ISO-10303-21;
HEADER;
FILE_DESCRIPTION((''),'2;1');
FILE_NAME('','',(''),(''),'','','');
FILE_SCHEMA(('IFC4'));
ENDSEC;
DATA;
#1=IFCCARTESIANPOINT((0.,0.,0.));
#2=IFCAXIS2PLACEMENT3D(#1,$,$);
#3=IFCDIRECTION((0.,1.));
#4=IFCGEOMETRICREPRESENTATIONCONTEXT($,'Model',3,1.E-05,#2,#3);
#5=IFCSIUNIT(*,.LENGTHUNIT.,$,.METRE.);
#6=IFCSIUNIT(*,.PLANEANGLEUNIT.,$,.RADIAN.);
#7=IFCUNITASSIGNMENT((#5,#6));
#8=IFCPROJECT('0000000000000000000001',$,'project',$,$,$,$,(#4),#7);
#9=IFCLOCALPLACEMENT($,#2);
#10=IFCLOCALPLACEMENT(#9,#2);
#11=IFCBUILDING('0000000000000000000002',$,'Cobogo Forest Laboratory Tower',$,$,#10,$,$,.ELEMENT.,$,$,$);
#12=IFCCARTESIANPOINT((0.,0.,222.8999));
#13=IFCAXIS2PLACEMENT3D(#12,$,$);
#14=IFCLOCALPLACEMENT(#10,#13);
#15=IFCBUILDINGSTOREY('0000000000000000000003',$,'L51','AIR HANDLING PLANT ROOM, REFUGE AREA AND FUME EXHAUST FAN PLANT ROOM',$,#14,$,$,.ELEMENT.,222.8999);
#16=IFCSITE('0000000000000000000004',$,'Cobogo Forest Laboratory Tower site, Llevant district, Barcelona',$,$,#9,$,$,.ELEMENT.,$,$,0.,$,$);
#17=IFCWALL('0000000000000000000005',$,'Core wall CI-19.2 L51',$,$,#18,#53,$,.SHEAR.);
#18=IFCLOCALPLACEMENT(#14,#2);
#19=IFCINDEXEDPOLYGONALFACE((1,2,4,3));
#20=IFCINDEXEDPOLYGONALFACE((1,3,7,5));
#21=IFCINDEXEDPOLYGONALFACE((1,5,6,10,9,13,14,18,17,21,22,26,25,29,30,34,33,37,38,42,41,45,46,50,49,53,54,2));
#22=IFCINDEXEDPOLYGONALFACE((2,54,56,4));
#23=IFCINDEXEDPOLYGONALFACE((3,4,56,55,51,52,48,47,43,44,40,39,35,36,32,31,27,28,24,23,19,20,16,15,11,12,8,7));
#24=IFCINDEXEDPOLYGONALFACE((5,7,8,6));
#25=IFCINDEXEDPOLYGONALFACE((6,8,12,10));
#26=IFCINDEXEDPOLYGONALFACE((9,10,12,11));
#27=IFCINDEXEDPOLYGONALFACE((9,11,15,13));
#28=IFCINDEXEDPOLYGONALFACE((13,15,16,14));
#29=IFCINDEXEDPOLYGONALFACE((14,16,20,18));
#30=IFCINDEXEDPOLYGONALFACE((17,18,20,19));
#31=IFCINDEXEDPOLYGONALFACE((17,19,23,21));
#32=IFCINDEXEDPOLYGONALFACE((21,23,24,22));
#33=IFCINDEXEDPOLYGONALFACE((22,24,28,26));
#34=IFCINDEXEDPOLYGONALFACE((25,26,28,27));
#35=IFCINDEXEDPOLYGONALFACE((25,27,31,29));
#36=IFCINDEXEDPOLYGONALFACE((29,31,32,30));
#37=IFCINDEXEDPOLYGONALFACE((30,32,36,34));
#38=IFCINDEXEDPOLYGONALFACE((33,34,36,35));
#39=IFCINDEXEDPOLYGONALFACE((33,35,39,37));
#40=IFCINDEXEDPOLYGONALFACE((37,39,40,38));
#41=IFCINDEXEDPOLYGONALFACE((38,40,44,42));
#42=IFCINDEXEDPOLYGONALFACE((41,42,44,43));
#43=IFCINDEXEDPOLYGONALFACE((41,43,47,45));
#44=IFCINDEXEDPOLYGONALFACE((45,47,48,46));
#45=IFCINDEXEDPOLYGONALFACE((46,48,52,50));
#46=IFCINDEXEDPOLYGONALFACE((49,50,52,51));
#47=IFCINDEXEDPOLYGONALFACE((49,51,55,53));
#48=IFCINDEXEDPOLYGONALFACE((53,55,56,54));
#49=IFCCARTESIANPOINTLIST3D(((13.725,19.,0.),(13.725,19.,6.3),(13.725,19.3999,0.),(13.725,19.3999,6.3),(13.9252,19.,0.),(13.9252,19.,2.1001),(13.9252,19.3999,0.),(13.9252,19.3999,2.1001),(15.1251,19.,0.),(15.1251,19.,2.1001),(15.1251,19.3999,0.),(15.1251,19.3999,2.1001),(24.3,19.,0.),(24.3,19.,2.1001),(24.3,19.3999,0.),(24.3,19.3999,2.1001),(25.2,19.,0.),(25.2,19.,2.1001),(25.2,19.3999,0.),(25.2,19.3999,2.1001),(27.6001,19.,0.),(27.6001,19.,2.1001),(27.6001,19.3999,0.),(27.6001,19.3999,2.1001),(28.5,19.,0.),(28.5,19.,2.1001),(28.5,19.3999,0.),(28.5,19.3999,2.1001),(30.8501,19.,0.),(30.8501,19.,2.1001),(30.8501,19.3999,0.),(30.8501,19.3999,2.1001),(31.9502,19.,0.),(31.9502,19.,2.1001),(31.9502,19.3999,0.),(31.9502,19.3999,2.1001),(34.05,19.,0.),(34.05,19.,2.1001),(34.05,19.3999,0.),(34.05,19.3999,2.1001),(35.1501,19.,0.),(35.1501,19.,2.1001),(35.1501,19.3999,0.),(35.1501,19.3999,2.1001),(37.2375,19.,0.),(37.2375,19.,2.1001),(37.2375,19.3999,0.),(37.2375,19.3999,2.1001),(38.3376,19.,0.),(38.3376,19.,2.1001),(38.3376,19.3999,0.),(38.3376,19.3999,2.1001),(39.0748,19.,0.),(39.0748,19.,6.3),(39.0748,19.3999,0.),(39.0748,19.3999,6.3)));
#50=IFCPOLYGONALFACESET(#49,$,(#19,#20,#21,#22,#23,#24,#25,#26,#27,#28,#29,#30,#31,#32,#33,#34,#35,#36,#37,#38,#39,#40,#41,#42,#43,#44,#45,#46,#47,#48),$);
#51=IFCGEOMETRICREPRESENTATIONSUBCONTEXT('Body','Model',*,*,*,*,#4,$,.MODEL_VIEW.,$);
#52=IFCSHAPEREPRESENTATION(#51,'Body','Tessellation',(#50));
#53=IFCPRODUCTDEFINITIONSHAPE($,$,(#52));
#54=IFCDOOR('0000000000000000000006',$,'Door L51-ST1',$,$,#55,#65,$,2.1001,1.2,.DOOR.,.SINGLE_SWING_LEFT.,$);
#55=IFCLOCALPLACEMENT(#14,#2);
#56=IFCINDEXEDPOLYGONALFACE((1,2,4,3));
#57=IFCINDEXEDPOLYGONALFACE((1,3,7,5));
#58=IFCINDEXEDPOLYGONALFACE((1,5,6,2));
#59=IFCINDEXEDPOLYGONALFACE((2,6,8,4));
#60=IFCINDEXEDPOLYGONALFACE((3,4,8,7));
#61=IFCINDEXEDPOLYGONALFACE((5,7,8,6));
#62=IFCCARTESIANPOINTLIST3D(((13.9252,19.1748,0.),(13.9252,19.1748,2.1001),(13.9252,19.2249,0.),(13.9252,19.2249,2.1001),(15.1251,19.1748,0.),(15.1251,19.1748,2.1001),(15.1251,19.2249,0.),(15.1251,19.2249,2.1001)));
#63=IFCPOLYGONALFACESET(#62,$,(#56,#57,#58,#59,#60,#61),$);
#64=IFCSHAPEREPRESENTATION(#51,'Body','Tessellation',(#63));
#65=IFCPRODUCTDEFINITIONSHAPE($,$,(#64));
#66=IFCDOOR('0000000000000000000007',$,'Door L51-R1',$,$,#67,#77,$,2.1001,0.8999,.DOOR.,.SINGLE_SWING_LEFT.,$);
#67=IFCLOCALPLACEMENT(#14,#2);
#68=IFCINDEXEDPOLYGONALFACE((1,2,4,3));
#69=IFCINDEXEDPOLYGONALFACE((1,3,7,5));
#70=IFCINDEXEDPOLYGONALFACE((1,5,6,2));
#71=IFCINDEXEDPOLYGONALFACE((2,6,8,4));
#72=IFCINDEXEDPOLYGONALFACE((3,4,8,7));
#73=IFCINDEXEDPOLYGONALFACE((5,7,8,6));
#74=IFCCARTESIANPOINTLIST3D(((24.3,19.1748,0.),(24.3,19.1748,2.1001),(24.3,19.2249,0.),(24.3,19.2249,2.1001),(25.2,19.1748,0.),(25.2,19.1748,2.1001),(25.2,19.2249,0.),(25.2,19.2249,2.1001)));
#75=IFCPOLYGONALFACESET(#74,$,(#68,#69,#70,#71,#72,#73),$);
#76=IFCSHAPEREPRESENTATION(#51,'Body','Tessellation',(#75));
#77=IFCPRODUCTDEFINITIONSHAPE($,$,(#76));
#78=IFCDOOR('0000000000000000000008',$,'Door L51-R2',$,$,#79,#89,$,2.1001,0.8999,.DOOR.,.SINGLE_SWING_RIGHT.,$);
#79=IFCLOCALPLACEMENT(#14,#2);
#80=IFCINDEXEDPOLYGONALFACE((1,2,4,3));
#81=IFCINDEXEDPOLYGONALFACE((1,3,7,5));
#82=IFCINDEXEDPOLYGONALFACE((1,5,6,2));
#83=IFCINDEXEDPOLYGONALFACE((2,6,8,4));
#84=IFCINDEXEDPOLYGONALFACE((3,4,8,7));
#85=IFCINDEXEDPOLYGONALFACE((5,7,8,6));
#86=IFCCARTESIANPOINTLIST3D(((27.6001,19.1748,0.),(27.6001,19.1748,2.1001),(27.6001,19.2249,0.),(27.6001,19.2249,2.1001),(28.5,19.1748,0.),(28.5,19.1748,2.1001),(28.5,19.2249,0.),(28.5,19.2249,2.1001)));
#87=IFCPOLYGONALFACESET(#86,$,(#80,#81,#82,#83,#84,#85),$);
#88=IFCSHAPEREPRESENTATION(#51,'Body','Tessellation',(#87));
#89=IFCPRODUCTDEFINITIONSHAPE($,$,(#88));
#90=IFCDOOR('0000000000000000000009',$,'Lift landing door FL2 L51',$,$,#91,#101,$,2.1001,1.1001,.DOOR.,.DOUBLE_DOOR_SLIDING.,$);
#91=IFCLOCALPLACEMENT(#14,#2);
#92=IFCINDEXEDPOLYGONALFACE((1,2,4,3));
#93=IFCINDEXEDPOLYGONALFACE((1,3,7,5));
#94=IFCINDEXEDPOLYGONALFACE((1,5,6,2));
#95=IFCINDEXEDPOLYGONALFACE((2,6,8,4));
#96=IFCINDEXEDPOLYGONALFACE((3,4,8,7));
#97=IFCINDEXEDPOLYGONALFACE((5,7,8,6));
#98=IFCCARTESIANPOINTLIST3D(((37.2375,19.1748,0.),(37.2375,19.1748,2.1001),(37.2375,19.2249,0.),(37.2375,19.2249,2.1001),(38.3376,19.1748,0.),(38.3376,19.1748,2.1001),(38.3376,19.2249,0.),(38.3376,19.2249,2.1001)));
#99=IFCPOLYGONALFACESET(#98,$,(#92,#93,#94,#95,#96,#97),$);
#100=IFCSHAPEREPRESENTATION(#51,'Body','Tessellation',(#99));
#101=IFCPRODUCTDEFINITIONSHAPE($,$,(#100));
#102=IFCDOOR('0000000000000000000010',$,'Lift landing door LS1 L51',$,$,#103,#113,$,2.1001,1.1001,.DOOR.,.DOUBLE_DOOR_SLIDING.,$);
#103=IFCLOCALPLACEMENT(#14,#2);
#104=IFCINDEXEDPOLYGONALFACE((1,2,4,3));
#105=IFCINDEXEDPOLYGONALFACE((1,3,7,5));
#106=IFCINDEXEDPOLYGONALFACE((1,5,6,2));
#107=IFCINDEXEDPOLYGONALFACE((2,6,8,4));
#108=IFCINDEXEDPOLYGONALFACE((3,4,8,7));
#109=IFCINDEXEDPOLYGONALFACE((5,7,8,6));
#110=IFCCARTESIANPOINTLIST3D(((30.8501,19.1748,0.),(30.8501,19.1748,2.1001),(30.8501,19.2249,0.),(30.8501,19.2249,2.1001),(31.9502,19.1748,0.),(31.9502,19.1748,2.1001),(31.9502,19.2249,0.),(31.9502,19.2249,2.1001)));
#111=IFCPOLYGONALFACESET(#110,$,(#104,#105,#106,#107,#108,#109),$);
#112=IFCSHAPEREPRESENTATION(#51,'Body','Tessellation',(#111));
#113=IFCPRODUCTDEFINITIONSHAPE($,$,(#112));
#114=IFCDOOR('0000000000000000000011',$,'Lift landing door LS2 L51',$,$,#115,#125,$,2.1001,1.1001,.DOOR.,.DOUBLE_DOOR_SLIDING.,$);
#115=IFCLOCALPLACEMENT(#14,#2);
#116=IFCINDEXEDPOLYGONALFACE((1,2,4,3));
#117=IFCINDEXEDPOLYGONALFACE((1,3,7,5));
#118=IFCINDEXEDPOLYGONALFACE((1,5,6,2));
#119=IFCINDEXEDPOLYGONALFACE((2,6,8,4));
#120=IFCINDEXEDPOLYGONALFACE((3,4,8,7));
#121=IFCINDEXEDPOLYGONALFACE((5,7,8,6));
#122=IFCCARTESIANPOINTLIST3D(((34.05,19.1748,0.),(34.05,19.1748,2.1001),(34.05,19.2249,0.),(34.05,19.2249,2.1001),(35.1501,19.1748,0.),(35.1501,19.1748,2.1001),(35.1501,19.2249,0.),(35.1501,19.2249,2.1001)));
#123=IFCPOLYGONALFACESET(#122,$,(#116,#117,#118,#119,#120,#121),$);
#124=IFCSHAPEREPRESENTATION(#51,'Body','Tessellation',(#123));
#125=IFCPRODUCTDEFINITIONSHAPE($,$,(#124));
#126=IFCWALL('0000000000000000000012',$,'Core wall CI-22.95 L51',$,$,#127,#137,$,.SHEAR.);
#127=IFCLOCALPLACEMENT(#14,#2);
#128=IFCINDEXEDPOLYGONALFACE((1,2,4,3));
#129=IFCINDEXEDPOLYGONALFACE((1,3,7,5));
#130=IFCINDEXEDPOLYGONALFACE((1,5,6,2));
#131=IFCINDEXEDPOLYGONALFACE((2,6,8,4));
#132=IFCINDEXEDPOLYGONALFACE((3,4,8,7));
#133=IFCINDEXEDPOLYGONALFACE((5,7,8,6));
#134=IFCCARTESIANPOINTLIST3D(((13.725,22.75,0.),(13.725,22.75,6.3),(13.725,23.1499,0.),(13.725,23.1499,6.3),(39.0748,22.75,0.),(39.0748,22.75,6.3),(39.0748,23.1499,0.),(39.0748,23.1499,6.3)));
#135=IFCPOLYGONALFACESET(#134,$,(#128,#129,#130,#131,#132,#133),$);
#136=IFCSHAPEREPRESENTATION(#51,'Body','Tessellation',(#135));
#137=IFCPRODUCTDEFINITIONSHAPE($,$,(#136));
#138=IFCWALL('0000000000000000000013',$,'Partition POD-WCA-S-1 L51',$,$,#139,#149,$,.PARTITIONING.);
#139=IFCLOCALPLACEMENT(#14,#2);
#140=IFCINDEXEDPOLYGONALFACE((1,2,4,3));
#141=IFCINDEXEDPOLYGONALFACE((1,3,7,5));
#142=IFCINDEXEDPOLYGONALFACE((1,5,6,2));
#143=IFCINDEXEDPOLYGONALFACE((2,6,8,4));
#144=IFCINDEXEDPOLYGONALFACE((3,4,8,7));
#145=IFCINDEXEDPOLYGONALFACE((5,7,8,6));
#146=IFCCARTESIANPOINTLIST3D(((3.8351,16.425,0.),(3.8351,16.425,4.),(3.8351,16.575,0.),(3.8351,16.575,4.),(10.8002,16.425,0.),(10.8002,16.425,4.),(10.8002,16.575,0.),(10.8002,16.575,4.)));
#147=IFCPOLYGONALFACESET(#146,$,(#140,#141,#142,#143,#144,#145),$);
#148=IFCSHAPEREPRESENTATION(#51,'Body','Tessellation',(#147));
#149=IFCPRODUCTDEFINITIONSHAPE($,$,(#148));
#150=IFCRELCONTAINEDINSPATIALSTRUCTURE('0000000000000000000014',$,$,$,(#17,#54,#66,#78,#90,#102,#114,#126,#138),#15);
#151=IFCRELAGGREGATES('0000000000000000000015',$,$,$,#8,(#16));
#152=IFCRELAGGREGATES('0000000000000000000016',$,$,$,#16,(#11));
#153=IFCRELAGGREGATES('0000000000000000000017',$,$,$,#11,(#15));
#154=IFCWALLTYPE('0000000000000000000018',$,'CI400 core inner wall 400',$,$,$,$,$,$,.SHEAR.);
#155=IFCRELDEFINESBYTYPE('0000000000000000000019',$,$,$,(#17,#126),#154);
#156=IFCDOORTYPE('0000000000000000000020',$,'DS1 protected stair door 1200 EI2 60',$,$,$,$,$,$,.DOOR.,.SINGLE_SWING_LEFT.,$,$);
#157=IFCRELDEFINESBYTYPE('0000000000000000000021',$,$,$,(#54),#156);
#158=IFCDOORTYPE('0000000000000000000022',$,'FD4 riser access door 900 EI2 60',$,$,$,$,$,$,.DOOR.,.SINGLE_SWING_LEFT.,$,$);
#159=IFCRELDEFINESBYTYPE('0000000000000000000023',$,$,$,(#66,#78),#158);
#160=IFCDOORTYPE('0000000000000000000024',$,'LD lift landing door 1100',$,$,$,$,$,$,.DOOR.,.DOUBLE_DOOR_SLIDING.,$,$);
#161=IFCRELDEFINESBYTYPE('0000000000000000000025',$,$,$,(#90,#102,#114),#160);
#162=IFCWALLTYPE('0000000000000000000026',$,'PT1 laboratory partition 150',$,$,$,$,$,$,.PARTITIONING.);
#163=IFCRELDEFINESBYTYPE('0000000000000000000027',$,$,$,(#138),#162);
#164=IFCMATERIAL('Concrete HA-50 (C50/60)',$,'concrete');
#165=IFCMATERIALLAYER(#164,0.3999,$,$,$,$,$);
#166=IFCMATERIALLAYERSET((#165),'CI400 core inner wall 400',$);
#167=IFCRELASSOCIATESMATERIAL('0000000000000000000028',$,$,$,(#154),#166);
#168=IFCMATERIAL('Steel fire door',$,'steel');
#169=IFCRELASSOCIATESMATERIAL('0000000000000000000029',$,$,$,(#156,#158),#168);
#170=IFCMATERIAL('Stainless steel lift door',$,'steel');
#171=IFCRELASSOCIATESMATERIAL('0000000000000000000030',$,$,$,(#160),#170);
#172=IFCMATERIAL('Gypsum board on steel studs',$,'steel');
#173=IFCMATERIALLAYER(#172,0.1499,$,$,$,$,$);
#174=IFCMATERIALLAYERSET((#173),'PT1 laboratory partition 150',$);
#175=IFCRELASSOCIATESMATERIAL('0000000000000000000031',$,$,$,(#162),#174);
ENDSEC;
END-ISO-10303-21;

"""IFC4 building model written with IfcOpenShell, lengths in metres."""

from ifc_helpers import new_model, si_unit, direction, frame, frame_2d, origin, place, context, subcontext, project, spatial, rectangle, extrude, material, layer, layer_set, type_object, element, fill, save


model = new_model("IFC4")

# Units and contexts
model_context = context("Model", 3, precision=1e-05, world=origin(), true_north=direction((0.0, 1.0)))
body_context = subcontext(model_context, "Body", "Model", "MODEL_VIEW")
ifc_project = project(units=[si_unit("LENGTHUNIT", "METRE"), si_unit("PLANEANGLEUNIT", "RADIAN")], contexts=[model_context])

# Site, building, storey
site_placement = place(None, origin())
site = spatial("IfcSite", under=ifc_project, at=site_placement, Name="Cobogo Forest Laboratory Tower site, Llevant district, Barcelona", CompositionType="ELEMENT", RefElevation=0.0)
building_placement = place(site_placement, origin())
building = spatial("IfcBuilding", under=site, at=building_placement, Name="Cobogo Forest Laboratory Tower", CompositionType="ELEMENT")
storey_placement = place(building_placement, frame((0.0, 0.0, 222.8999)))
storey = spatial("IfcBuildingStorey", under=building, at=storey_placement, Name="L51", Description="AIR HANDLING PLANT ROOM, REFUGE AREA AND FUME EXHAUST FAN PLANT ROOM", CompositionType="ELEMENT", Elevation=222.8999)

# Wall, openings, doors
ifc_material_1 = material(Name="Concrete HA-50 (C50/60)", Category="concrete")
ifc_layer_1 = layer(ifc_material_1, 0.3999)
ifc_layer_set_1 = layer_set([ifc_layer_1], Name="CI400 core inner wall 400")
wall_type_1 = type_object("IfcWallType", Name="CI400 core inner wall 400", PredefinedType="SHEAR", material=ifc_layer_set_1)
ifc_material_2 = material(Name="Steel fire door", Category="steel")
wall_1_placement = place(storey_placement, frame((13.7251, 19.2, 0.0), z_axis=(0.0, 0.0, 1.0), x_axis=(1.0, 0.0, 0.0)))
wall_1 = element("IfcWall", 1, at=wall_1_placement, inside=storey, type_object=wall_type_1, Name="Core wall CI-19.2 L51", PredefinedType="SHEAR", context=body_context, shape_type="SweptSolid", body=[
    extrude(rectangle(XDim=25.3499, YDim=0.3999, at=frame_2d((12.6748, 0.0))), origin(), (0.0, 0.0, 1.0), 6.3),
])
opening_1_placement = place(wall_1_placement, frame((10.575, 0.0, 0.0)))
opening_1 = element("IfcOpeningElement", 2, at=opening_1_placement, cuts=wall_1, PredefinedType="OPENING", context=body_context, shape_type="SweptSolid", body=[
    extrude(rectangle(XDim=0.8999, YDim=2.1001, at=frame_2d((0.45, 1.05))), frame((0.0, 0.21, 0.0), z_axis=(0.0, -1.0, 0.0), x_axis=(1.0, 0.0, 0.0)), (0.0, 0.0, 1.0), 0.4199),
])
opening_2_placement = place(wall_1_placement, frame((13.875, 0.0, 0.0)))
opening_2 = element("IfcOpeningElement", 3, at=opening_2_placement, cuts=wall_1, PredefinedType="OPENING", context=body_context, shape_type="SweptSolid", body=[
    extrude(rectangle(XDim=0.8999, YDim=2.1001, at=frame_2d((0.45, 1.05))), frame((0.0, 0.21, 0.0), z_axis=(0.0, -1.0, 0.0), x_axis=(1.0, 0.0, 0.0)), (0.0, 0.0, 1.0), 0.4199),
])
opening_3_placement = place(wall_1_placement, frame((0.2, 0.0, 0.0)))
opening_3 = element("IfcOpeningElement", 4, at=opening_3_placement, cuts=wall_1, PredefinedType="OPENING", context=body_context, shape_type="SweptSolid", body=[
    extrude(rectangle(XDim=1.2, YDim=2.1001, at=frame_2d((0.6001, 1.05))), frame((0.0, 0.21, 0.0), z_axis=(0.0, -1.0, 0.0), x_axis=(1.0, 0.0, 0.0)), (0.0, 0.0, 1.0), 0.4199),
])
opening_4_placement = place(wall_1_placement, frame((23.5125, 0.0, 0.0)))
opening_4 = element("IfcOpeningElement", 5, at=opening_4_placement, cuts=wall_1, PredefinedType="OPENING", context=body_context, shape_type="SweptSolid", body=[
    extrude(rectangle(XDim=1.1001, YDim=2.1001, at=frame_2d((0.55, 1.05))), frame((0.0, 0.21, 0.0), z_axis=(0.0, -1.0, 0.0), x_axis=(1.0, 0.0, 0.0)), (0.0, 0.0, 1.0), 0.4199),
])
opening_5_placement = place(wall_1_placement, frame((17.125, 0.0, 0.0)))
opening_5 = element("IfcOpeningElement", 6, at=opening_5_placement, cuts=wall_1, PredefinedType="OPENING", context=body_context, shape_type="SweptSolid", body=[
    extrude(rectangle(XDim=1.1001, YDim=2.1001, at=frame_2d((0.55, 1.05))), frame((0.0, 0.21, 0.0), z_axis=(0.0, -1.0, 0.0), x_axis=(1.0, 0.0, 0.0)), (0.0, 0.0, 1.0), 0.4199),
])
opening_6_placement = place(wall_1_placement, frame((20.325, 0.0, 0.0)))
opening_6 = element("IfcOpeningElement", 7, at=opening_6_placement, cuts=wall_1, PredefinedType="OPENING", context=body_context, shape_type="SweptSolid", body=[
    extrude(rectangle(XDim=1.1001, YDim=2.1001, at=frame_2d((0.55, 1.05))), frame((0.0, 0.21, 0.0), z_axis=(0.0, -1.0, 0.0), x_axis=(1.0, 0.0, 0.0)), (0.0, 0.0, 1.0), 0.4199),
])
door_type_1 = type_object("IfcDoorType", Name="DS1 protected stair door 1200 EI2 60", OperationType="SINGLE_SWING_LEFT", PredefinedType="DOOR", material=ifc_material_2)
door_1_placement = place(opening_3_placement, origin())
door_1 = element("IfcDoor", 8, at=door_1_placement, inside=storey, type_object=door_type_1, Name="Door L51-ST1", OperationType="SINGLE_SWING_LEFT", OverallHeight=2.1001, OverallWidth=1.2, PredefinedType="DOOR", context=body_context, shape_type="SweptSolid", body=[
    extrude(rectangle(XDim=1.2, YDim=2.1001, at=frame_2d((0.6001, 1.05))), frame((0.0, 0.0249, 0.0), z_axis=(0.0, -1.0, 0.0), x_axis=(1.0, 0.0, 0.0)), (0.0, 0.0, 1.0), 0.05),
])
fill(opening_3, door_1)
door_type_2 = type_object("IfcDoorType", Name="FD4 riser access door 900 EI2 60", OperationType="SINGLE_SWING_LEFT", PredefinedType="DOOR", material=ifc_material_2)
door_2_placement = place(opening_1_placement, origin())
door_2 = element("IfcDoor", 9, at=door_2_placement, inside=storey, type_object=door_type_2, Name="Door L51-R1", OperationType="SINGLE_SWING_LEFT", OverallHeight=2.1001, OverallWidth=0.8999, PredefinedType="DOOR", context=body_context, shape_type="SweptSolid", body=[
    extrude(rectangle(XDim=0.8999, YDim=2.1001, at=frame_2d((0.45, 1.05))), frame((0.0, 0.0249, 0.0), z_axis=(0.0, -1.0, 0.0), x_axis=(1.0, 0.0, 0.0)), (0.0, 0.0, 1.0), 0.05),
])
fill(opening_1, door_2)
door_3_placement = place(opening_2_placement, origin())
door_3 = element("IfcDoor", 10, at=door_3_placement, inside=storey, type_object=door_type_2, Name="Door L51-R2", OperationType="SINGLE_SWING_RIGHT", OverallHeight=2.1001, OverallWidth=0.8999, PredefinedType="DOOR", context=body_context, shape_type="SweptSolid", body=[
    extrude(rectangle(XDim=0.8999, YDim=2.1001, at=frame_2d((0.45, 1.05))), frame((0.0, 0.0249, 0.0), z_axis=(0.0, -1.0, 0.0), x_axis=(1.0, 0.0, 0.0)), (0.0, 0.0, 1.0), 0.05),
])
fill(opening_2, door_3)
ifc_material_3 = material(Name="Stainless steel lift door", Category="steel")
door_type_3 = type_object("IfcDoorType", Name="LD lift landing door 1100", OperationType="DOUBLE_DOOR_SLIDING", PredefinedType="DOOR", material=ifc_material_3)
door_4_placement = place(opening_4_placement, origin())
door_4 = element("IfcDoor", 11, at=door_4_placement, inside=storey, type_object=door_type_3, Name="Lift landing door FL2 L51", OperationType="DOUBLE_DOOR_SLIDING", OverallHeight=2.1001, OverallWidth=1.1001, PredefinedType="DOOR", context=body_context, shape_type="SweptSolid", body=[
    extrude(rectangle(XDim=1.1001, YDim=2.1001, at=frame_2d((0.55, 1.05))), frame((0.0, 0.0249, 0.0), z_axis=(0.0, -1.0, 0.0), x_axis=(1.0, 0.0, 0.0)), (0.0, 0.0, 1.0), 0.05),
])
fill(opening_4, door_4)
door_5_placement = place(opening_5_placement, origin())
door_5 = element("IfcDoor", 12, at=door_5_placement, inside=storey, type_object=door_type_3, Name="Lift landing door LS1 L51", OperationType="DOUBLE_DOOR_SLIDING", OverallHeight=2.1001, OverallWidth=1.1001, PredefinedType="DOOR", context=body_context, shape_type="SweptSolid", body=[
    extrude(rectangle(XDim=1.1001, YDim=2.1001, at=frame_2d((0.55, 1.05))), frame((0.0, 0.0249, 0.0), z_axis=(0.0, -1.0, 0.0), x_axis=(1.0, 0.0, 0.0)), (0.0, 0.0, 1.0), 0.05),
])
fill(opening_5, door_5)
door_6_placement = place(opening_6_placement, origin())
door_6 = element("IfcDoor", 13, at=door_6_placement, inside=storey, type_object=door_type_3, Name="Lift landing door LS2 L51", OperationType="DOUBLE_DOOR_SLIDING", OverallHeight=2.1001, OverallWidth=1.1001, PredefinedType="DOOR", context=body_context, shape_type="SweptSolid", body=[
    extrude(rectangle(XDim=1.1001, YDim=2.1001, at=frame_2d((0.55, 1.05))), frame((0.0, 0.0249, 0.0), z_axis=(0.0, -1.0, 0.0), x_axis=(1.0, 0.0, 0.0)), (0.0, 0.0, 1.0), 0.05),
])
fill(opening_6, door_6)

# Walls
wall_2_placement = place(storey_placement, frame((13.7251, 22.95, 0.0), z_axis=(0.0, 0.0, 1.0), x_axis=(1.0, 0.0, 0.0)))
element("IfcWall", 14, at=wall_2_placement, inside=storey, type_object=wall_type_1, Name="Core wall CI-22.95 L51", PredefinedType="SHEAR", context=body_context, shape_type="SweptSolid", body=[
    extrude(rectangle(XDim=25.3499, YDim=0.3999, at=frame_2d((12.6748, 0.0))), origin(), (0.0, 0.0, 1.0), 6.3),
])
ifc_material_4 = material(Name="Gypsum board on steel studs", Category="steel")
ifc_layer_2 = layer(ifc_material_4, 0.1499)
ifc_layer_set_2 = layer_set([ifc_layer_2], Name="PT1 laboratory partition 150")
wall_type_2 = type_object("IfcWallType", Name="PT1 laboratory partition 150", PredefinedType="PARTITIONING", material=ifc_layer_set_2)
wall_3_placement = place(storey_placement, frame((10.8, 16.5, 0.0), z_axis=(0.0, 0.0, 1.0), x_axis=(-1.0, 0.0, 0.0)))
element("IfcWall", 15, at=wall_3_placement, inside=storey, type_object=wall_type_2, Name="Partition POD-WCA-S-1 L51", PredefinedType="PARTITIONING", context=body_context, shape_type="SweptSolid", body=[
    extrude(rectangle(XDim=6.9651, YDim=0.1499, at=frame_2d((3.4824, 0.0))), origin(), (0.0, 0.0, 1.0), 4.0),
])

save(model, "model.ifc")
